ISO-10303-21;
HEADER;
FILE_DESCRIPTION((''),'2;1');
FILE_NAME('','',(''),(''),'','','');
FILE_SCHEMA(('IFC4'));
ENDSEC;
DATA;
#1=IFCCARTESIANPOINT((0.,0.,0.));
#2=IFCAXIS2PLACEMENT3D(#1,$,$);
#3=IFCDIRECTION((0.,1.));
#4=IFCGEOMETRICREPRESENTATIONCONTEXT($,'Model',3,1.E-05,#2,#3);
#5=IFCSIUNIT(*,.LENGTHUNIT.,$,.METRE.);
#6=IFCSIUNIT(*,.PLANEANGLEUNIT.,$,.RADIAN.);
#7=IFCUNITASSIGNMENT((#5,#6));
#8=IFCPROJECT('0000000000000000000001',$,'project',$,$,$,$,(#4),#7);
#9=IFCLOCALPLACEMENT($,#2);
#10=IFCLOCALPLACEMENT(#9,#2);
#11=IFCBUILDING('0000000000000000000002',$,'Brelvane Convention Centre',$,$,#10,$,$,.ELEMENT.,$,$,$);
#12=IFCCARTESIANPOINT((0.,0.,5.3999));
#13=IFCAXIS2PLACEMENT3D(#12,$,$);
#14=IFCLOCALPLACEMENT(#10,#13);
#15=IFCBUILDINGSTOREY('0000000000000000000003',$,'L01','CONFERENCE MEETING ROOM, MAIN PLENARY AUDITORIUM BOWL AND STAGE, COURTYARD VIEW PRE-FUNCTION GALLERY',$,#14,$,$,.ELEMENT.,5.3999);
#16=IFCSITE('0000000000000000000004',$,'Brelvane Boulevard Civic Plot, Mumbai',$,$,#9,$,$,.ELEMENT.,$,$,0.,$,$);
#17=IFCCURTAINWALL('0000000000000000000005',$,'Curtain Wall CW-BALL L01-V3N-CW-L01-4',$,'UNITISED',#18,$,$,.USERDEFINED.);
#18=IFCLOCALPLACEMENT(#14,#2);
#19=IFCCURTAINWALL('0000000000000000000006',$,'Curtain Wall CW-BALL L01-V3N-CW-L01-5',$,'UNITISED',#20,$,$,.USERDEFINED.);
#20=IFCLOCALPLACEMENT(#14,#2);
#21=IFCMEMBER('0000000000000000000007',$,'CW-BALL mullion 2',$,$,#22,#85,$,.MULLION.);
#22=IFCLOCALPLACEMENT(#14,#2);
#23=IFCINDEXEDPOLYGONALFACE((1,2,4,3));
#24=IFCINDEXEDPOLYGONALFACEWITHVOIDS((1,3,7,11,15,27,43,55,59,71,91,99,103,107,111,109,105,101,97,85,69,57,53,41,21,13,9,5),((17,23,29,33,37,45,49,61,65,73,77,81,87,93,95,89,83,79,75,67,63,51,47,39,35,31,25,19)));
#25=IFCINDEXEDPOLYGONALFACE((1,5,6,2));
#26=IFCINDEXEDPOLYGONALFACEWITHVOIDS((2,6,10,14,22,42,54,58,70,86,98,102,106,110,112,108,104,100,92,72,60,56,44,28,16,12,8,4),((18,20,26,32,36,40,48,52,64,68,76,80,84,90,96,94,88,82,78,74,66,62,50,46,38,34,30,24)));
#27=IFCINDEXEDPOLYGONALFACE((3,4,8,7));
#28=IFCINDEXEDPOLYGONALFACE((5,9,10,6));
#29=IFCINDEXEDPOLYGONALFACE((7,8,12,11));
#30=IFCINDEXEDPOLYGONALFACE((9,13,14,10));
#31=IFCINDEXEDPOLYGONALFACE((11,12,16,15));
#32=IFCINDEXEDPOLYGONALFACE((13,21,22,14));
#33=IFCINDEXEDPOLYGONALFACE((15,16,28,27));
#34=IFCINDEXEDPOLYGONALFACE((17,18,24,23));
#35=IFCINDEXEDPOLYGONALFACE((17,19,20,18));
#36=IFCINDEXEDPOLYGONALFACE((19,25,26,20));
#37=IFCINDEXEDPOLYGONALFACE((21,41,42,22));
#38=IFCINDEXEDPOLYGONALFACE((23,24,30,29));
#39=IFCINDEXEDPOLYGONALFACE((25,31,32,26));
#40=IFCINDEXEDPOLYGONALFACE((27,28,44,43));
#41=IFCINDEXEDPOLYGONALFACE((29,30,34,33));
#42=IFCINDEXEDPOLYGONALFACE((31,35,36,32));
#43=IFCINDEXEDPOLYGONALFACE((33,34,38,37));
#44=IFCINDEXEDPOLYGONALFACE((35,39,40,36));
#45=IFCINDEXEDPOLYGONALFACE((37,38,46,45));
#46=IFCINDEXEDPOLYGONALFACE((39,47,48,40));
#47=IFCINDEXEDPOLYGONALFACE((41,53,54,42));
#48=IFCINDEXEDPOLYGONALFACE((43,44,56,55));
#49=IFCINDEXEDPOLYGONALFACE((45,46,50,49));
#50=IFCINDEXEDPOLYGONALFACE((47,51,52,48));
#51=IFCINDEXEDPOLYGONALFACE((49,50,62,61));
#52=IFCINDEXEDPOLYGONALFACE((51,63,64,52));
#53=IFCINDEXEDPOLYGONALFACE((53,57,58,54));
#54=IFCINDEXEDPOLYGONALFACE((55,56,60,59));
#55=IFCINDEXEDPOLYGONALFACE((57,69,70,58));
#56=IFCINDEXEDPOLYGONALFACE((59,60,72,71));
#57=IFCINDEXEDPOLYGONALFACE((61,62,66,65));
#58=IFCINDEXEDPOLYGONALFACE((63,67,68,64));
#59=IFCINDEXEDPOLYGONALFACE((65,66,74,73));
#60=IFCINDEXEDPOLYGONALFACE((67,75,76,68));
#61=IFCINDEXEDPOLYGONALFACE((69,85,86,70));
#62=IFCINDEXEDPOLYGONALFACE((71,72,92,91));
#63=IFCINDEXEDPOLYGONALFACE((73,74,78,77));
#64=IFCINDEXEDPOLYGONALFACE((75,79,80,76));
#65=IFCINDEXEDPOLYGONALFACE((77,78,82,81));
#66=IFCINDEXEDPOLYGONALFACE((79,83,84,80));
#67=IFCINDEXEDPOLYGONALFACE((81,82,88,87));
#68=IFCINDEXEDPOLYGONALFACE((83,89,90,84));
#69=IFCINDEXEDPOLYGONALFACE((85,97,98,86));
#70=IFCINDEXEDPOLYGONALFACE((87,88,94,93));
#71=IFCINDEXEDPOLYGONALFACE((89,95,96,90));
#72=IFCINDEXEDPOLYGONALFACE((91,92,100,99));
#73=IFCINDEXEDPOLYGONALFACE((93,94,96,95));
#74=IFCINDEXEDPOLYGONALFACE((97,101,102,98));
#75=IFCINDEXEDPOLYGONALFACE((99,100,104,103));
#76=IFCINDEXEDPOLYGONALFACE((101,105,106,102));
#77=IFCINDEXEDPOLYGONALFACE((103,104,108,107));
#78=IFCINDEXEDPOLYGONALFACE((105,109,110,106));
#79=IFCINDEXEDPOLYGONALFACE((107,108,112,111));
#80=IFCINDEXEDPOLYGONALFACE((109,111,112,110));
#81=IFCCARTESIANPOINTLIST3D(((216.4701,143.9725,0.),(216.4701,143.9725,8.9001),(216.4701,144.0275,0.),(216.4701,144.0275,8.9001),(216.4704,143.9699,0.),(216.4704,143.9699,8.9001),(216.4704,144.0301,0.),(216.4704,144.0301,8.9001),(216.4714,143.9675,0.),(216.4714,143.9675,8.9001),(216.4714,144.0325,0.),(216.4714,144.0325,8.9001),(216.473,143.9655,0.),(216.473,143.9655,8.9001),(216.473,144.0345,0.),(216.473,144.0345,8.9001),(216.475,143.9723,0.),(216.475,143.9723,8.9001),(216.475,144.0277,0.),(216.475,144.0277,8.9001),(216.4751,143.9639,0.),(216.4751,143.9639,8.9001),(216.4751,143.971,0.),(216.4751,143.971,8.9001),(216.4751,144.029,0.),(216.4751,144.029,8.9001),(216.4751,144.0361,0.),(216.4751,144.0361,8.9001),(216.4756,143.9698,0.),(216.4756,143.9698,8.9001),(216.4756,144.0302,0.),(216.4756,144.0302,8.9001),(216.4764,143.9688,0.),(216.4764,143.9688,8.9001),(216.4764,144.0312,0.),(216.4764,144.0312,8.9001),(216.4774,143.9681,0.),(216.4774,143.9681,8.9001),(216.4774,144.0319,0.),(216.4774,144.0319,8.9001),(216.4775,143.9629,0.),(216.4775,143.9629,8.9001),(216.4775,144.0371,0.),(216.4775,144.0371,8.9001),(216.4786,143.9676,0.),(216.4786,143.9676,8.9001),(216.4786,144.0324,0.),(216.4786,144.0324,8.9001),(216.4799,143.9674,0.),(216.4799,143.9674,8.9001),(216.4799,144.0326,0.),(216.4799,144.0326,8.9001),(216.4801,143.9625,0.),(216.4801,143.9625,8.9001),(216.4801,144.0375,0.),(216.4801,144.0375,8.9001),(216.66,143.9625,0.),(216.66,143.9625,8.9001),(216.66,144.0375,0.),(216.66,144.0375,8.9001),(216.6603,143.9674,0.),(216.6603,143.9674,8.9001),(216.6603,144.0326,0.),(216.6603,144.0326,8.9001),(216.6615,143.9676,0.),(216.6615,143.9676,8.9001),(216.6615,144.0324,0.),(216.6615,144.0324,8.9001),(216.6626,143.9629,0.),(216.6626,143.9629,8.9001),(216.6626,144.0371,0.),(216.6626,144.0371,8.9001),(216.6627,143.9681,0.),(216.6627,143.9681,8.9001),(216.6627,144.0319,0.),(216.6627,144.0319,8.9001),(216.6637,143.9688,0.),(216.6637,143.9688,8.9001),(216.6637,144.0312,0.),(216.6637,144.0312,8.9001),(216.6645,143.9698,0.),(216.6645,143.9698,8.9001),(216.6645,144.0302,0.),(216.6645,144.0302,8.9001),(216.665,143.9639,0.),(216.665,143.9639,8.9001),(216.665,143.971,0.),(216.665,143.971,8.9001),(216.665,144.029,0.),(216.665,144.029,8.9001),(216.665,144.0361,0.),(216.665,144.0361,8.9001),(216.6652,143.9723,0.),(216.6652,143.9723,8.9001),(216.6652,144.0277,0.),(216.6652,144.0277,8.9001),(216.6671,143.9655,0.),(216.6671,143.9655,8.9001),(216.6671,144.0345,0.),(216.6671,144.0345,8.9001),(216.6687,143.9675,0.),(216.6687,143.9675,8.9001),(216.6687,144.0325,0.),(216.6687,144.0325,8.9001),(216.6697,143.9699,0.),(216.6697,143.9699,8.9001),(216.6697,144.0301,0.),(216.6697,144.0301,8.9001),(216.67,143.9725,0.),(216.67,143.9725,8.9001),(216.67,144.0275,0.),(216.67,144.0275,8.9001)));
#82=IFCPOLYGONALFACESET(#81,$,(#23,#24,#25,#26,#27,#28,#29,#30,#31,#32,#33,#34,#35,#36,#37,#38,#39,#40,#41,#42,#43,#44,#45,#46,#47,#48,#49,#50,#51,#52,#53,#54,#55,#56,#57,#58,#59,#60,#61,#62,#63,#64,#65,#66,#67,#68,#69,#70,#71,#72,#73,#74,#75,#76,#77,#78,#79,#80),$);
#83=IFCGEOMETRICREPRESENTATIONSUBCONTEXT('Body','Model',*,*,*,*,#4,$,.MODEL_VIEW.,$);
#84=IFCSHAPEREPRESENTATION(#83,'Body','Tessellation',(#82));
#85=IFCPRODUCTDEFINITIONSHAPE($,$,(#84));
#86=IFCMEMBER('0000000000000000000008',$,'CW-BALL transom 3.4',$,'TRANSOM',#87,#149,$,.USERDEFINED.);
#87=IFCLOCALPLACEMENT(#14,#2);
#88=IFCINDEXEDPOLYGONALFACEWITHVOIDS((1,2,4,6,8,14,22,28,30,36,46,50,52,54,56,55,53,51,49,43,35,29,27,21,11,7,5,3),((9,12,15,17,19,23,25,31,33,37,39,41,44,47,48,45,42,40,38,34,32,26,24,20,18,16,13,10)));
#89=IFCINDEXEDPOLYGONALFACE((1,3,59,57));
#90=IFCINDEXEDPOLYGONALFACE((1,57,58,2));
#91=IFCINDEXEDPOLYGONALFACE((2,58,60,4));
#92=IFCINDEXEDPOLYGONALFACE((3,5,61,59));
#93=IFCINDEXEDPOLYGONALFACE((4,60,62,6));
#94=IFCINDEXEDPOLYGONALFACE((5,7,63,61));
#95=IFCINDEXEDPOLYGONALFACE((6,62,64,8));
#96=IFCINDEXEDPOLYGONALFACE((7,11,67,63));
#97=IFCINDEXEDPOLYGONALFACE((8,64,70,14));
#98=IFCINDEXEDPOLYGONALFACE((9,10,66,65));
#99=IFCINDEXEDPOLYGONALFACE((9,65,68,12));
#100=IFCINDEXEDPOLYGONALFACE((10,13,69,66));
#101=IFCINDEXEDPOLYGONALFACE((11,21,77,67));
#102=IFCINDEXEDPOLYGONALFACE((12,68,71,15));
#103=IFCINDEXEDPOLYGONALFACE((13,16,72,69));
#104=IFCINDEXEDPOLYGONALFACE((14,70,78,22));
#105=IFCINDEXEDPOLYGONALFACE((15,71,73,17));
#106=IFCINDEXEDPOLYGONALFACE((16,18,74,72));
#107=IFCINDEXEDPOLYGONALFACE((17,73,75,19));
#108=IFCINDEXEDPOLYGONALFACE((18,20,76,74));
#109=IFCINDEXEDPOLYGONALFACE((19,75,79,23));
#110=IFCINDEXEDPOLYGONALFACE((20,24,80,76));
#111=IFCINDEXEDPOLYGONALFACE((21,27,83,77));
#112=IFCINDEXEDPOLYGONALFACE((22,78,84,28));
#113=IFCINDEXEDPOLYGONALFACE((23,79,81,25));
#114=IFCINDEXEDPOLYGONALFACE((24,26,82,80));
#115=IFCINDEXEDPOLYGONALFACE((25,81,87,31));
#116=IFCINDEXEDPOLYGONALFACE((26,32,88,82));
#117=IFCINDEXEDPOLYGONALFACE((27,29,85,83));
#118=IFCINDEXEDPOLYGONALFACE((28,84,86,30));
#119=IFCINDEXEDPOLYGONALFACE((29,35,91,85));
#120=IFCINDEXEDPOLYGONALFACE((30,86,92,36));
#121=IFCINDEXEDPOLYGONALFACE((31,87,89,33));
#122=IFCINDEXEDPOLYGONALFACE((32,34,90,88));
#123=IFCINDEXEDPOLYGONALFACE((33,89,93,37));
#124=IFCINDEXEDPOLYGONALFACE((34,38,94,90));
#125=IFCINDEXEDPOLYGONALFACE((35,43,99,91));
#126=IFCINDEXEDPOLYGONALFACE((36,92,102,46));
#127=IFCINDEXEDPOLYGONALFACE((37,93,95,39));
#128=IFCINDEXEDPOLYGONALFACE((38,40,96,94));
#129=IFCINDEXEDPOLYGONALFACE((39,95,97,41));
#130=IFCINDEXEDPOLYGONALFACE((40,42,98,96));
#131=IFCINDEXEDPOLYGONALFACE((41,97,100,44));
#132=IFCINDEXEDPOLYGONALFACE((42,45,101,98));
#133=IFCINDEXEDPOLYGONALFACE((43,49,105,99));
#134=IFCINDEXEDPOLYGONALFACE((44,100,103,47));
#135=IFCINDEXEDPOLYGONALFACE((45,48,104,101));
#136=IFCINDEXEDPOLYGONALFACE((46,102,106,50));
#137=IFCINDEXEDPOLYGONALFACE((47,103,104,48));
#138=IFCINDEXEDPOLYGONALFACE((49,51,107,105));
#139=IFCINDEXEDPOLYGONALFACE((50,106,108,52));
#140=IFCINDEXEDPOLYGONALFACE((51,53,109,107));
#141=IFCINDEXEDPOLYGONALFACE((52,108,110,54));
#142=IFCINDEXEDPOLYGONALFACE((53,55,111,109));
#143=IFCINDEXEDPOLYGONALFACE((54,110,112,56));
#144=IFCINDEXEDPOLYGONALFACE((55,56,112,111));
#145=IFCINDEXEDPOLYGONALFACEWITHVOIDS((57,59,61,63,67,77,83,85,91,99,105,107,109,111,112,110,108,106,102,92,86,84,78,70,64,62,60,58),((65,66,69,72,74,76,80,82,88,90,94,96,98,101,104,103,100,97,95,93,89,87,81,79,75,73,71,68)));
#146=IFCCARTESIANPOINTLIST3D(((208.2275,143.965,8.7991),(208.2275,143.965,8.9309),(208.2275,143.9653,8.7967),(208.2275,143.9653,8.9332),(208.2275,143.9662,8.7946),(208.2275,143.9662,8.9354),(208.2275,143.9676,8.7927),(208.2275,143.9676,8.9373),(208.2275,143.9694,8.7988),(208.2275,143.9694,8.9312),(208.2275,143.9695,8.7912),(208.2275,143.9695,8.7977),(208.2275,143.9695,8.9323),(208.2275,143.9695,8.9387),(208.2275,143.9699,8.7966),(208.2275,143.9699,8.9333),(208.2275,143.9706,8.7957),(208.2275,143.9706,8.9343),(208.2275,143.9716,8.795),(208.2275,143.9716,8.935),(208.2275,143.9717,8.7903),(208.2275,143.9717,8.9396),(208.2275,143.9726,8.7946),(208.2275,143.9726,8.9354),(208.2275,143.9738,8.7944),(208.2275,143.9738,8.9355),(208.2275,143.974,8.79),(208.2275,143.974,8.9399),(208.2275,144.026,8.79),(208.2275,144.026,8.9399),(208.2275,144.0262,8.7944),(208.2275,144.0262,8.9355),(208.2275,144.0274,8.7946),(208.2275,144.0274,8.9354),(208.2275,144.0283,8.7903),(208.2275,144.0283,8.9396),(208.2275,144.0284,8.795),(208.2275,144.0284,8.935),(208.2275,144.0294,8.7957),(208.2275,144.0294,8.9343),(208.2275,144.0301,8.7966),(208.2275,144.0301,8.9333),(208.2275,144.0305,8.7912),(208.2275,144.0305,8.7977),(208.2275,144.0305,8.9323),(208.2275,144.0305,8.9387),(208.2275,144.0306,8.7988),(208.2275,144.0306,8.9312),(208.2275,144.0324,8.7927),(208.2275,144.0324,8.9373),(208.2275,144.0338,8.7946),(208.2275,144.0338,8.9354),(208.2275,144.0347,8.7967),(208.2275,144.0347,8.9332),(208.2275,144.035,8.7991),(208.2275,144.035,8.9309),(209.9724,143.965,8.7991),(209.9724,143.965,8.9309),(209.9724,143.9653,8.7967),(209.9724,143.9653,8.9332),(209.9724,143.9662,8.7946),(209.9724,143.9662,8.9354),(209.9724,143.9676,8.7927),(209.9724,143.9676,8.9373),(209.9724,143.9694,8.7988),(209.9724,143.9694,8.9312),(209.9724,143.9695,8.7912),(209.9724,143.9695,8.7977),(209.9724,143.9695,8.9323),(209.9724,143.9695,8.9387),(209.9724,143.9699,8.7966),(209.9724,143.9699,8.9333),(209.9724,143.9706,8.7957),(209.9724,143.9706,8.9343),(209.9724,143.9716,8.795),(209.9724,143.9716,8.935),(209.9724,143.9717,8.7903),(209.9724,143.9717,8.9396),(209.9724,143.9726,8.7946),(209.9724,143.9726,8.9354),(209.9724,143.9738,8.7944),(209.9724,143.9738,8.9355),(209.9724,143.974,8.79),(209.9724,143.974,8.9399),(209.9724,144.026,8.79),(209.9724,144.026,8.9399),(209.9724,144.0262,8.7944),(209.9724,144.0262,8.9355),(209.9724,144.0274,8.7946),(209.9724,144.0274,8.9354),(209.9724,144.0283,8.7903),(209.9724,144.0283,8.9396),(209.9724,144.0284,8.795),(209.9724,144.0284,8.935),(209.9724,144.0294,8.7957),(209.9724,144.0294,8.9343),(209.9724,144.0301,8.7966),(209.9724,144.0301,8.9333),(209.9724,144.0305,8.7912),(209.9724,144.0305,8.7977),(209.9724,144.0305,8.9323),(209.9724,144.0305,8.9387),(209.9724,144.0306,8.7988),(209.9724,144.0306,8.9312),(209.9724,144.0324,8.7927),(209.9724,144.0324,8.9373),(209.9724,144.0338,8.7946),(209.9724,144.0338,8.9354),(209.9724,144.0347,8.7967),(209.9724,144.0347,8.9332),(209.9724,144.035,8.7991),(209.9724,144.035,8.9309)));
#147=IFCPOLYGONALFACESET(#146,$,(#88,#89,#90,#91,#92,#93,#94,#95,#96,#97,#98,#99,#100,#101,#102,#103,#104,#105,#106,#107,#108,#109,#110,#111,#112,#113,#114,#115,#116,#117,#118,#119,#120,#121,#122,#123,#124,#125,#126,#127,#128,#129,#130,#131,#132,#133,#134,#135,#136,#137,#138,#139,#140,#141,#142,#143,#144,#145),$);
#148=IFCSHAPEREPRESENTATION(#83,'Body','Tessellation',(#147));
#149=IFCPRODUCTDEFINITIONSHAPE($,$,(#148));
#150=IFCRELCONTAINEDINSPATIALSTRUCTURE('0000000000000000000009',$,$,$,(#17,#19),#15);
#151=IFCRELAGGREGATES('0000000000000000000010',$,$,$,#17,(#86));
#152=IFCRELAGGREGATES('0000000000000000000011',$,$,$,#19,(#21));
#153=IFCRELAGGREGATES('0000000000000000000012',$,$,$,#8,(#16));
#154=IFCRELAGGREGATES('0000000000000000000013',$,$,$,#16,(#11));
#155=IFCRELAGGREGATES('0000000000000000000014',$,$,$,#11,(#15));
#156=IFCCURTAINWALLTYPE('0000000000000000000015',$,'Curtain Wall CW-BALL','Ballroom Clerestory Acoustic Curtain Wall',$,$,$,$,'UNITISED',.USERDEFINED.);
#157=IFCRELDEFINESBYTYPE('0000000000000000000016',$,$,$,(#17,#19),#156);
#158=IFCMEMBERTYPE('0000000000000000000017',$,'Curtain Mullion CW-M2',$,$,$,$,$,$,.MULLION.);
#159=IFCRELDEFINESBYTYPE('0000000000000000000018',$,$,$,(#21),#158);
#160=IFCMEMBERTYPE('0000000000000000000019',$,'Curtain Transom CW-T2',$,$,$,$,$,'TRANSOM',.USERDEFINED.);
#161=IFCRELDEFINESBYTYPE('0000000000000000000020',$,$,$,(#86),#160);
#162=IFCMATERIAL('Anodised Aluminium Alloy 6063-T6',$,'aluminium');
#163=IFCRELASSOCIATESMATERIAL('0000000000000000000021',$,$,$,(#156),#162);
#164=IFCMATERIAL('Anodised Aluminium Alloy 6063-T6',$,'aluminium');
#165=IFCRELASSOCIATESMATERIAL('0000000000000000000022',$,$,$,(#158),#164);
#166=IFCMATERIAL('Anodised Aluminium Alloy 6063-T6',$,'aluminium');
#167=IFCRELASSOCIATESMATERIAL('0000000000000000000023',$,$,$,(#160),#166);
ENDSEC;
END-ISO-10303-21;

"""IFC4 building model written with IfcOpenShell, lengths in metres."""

from ifc_helpers import new_model, si_unit, direction, frame, origin, origin_2d, place, context, subcontext, project, spatial, hollow_rectangle, extrude, material, material_profile, profile_set, type_object, element, aggregate, save


model = new_model("IFC4")

# Units and contexts
model_context = context("Model", 3, precision=1e-05, world=origin(), true_north=direction((0.0, 1.0)))
body_context = subcontext(model_context, "Body", "Model", "MODEL_VIEW")
ifc_project = project(units=[si_unit("LENGTHUNIT", "METRE"), si_unit("PLANEANGLEUNIT", "RADIAN")], contexts=[model_context])

# Site, building, storey
site_placement = place(None, origin())
site = spatial("IfcSite", under=ifc_project, at=site_placement, Name="Brelvane Boulevard Civic Plot, Mumbai", CompositionType="ELEMENT", RefElevation=0.0)
building_placement = place(site_placement, origin())
building = spatial("IfcBuilding", under=site, at=building_placement, Name="Brelvane Convention Centre", CompositionType="ELEMENT")
storey_placement = place(building_placement, frame((0.0, 0.0, 5.3999)))
storey = spatial("IfcBuildingStorey", under=building, at=storey_placement, Name="L01", Description="CONFERENCE MEETING ROOM, MAIN PLENARY AUDITORIUM BOWL AND STAGE, COURTYARD VIEW PRE-FUNCTION GALLERY", CompositionType="ELEMENT", Elevation=5.3999)

# Curtain walls, member
ifc_material_1 = material(Name="Anodised Aluminium Alloy 6063-T6", Category="aluminium")
curtain_wall_type = type_object("IfcCurtainWallType", Name="Curtain Wall CW-BALL", Description="Ballroom Clerestory Acoustic Curtain Wall", ElementType="UNITISED", PredefinedType="USERDEFINED", material=ifc_material_1)
curtain_wall_1_placement = place(storey_placement, origin())
curtain_wall_1 = element("IfcCurtainWall", 1, at=curtain_wall_1_placement, inside=storey, type_object=curtain_wall_type, Name="Curtain Wall CW-BALL L01-V3N-CW-L01-4", ObjectType="UNITISED", PredefinedType="USERDEFINED")
ifc_material_2 = material(Name="Anodised Aluminium Alloy 6063-T6", Category="aluminium")
ifc_material_profile_1 = material_profile(ifc_material_2, hollow_rectangle(XDim=0.075, YDim=0.2, WallThickness=0.0049, InnerFilletRadius=0.0049, OuterFilletRadius=0.01, at=origin_2d()), Name="ALU-M 200x75x5.0")
ifc_profile_set_1 = profile_set([ifc_material_profile_1], Name="Anodised Aluminium Alloy 6063-T6")
member_type_1 = type_object("IfcMemberType", Name="Curtain Mullion CW-M2", PredefinedType="MULLION", material=ifc_profile_set_1)
curtain_wall_2_placement = place(storey_placement, origin())
curtain_wall_2 = element("IfcCurtainWall", 2, at=curtain_wall_2_placement, inside=storey, type_object=curtain_wall_type, Name="Curtain Wall CW-BALL L01-V3N-CW-L01-5", ObjectType="UNITISED", PredefinedType="USERDEFINED")
member_1_placement = place(storey_placement, frame((216.5701, 144.0, 0.0), z_axis=(0.0, 0.0, 1.0), x_axis=(0.0, 1.0, 0.0)))
member_1 = element("IfcMember", 3, at=member_1_placement, type_object=member_type_1, Name="CW-BALL mullion 2", PredefinedType="MULLION", context=body_context, shape_type="SweptSolid", body=[
    extrude(hollow_rectangle(XDim=0.075, YDim=0.2, WallThickness=0.0049, InnerFilletRadius=0.0049, OuterFilletRadius=0.01, at=origin_2d()), origin(), (0.0, 0.0, 1.0), 8.9001),
])

# Member
ifc_material_3 = material(Name="Anodised Aluminium Alloy 6063-T6", Category="aluminium")
ifc_material_profile_2 = material_profile(ifc_material_3, hollow_rectangle(XDim=0.0701, YDim=0.1499, WallThickness=0.0044, InnerFilletRadius=0.0044, OuterFilletRadius=0.009, at=origin_2d()), Name="ALU-T 150x70x4.5")
ifc_profile_set_2 = profile_set([ifc_material_profile_2], Name="Anodised Aluminium Alloy 6063-T6")
member_type_2 = type_object("IfcMemberType", Name="Curtain Transom CW-T2", ElementType="TRANSOM", PredefinedType="USERDEFINED", material=ifc_profile_set_2)
member_2_placement = place(storey_placement, frame((208.2275, 144.0, 8.865), z_axis=(1.0, 0.0, 0.0), x_axis=(0.0, 1.0, 0.0)))
member_2 = element("IfcMember", 4, at=member_2_placement, type_object=member_type_2, Name="CW-BALL transom 3.4", ObjectType="TRANSOM", PredefinedType="USERDEFINED", context=body_context, shape_type="SweptSolid", body=[
    extrude(hollow_rectangle(XDim=0.0701, YDim=0.1499, WallThickness=0.0044, InnerFilletRadius=0.0044, OuterFilletRadius=0.009, at=origin_2d()), origin(), (0.0, 0.0, 1.0), 1.7449),
])

aggregate(curtain_wall_1, [member_2])
aggregate(curtain_wall_2, [member_1])

save(model, "model.ifc")
